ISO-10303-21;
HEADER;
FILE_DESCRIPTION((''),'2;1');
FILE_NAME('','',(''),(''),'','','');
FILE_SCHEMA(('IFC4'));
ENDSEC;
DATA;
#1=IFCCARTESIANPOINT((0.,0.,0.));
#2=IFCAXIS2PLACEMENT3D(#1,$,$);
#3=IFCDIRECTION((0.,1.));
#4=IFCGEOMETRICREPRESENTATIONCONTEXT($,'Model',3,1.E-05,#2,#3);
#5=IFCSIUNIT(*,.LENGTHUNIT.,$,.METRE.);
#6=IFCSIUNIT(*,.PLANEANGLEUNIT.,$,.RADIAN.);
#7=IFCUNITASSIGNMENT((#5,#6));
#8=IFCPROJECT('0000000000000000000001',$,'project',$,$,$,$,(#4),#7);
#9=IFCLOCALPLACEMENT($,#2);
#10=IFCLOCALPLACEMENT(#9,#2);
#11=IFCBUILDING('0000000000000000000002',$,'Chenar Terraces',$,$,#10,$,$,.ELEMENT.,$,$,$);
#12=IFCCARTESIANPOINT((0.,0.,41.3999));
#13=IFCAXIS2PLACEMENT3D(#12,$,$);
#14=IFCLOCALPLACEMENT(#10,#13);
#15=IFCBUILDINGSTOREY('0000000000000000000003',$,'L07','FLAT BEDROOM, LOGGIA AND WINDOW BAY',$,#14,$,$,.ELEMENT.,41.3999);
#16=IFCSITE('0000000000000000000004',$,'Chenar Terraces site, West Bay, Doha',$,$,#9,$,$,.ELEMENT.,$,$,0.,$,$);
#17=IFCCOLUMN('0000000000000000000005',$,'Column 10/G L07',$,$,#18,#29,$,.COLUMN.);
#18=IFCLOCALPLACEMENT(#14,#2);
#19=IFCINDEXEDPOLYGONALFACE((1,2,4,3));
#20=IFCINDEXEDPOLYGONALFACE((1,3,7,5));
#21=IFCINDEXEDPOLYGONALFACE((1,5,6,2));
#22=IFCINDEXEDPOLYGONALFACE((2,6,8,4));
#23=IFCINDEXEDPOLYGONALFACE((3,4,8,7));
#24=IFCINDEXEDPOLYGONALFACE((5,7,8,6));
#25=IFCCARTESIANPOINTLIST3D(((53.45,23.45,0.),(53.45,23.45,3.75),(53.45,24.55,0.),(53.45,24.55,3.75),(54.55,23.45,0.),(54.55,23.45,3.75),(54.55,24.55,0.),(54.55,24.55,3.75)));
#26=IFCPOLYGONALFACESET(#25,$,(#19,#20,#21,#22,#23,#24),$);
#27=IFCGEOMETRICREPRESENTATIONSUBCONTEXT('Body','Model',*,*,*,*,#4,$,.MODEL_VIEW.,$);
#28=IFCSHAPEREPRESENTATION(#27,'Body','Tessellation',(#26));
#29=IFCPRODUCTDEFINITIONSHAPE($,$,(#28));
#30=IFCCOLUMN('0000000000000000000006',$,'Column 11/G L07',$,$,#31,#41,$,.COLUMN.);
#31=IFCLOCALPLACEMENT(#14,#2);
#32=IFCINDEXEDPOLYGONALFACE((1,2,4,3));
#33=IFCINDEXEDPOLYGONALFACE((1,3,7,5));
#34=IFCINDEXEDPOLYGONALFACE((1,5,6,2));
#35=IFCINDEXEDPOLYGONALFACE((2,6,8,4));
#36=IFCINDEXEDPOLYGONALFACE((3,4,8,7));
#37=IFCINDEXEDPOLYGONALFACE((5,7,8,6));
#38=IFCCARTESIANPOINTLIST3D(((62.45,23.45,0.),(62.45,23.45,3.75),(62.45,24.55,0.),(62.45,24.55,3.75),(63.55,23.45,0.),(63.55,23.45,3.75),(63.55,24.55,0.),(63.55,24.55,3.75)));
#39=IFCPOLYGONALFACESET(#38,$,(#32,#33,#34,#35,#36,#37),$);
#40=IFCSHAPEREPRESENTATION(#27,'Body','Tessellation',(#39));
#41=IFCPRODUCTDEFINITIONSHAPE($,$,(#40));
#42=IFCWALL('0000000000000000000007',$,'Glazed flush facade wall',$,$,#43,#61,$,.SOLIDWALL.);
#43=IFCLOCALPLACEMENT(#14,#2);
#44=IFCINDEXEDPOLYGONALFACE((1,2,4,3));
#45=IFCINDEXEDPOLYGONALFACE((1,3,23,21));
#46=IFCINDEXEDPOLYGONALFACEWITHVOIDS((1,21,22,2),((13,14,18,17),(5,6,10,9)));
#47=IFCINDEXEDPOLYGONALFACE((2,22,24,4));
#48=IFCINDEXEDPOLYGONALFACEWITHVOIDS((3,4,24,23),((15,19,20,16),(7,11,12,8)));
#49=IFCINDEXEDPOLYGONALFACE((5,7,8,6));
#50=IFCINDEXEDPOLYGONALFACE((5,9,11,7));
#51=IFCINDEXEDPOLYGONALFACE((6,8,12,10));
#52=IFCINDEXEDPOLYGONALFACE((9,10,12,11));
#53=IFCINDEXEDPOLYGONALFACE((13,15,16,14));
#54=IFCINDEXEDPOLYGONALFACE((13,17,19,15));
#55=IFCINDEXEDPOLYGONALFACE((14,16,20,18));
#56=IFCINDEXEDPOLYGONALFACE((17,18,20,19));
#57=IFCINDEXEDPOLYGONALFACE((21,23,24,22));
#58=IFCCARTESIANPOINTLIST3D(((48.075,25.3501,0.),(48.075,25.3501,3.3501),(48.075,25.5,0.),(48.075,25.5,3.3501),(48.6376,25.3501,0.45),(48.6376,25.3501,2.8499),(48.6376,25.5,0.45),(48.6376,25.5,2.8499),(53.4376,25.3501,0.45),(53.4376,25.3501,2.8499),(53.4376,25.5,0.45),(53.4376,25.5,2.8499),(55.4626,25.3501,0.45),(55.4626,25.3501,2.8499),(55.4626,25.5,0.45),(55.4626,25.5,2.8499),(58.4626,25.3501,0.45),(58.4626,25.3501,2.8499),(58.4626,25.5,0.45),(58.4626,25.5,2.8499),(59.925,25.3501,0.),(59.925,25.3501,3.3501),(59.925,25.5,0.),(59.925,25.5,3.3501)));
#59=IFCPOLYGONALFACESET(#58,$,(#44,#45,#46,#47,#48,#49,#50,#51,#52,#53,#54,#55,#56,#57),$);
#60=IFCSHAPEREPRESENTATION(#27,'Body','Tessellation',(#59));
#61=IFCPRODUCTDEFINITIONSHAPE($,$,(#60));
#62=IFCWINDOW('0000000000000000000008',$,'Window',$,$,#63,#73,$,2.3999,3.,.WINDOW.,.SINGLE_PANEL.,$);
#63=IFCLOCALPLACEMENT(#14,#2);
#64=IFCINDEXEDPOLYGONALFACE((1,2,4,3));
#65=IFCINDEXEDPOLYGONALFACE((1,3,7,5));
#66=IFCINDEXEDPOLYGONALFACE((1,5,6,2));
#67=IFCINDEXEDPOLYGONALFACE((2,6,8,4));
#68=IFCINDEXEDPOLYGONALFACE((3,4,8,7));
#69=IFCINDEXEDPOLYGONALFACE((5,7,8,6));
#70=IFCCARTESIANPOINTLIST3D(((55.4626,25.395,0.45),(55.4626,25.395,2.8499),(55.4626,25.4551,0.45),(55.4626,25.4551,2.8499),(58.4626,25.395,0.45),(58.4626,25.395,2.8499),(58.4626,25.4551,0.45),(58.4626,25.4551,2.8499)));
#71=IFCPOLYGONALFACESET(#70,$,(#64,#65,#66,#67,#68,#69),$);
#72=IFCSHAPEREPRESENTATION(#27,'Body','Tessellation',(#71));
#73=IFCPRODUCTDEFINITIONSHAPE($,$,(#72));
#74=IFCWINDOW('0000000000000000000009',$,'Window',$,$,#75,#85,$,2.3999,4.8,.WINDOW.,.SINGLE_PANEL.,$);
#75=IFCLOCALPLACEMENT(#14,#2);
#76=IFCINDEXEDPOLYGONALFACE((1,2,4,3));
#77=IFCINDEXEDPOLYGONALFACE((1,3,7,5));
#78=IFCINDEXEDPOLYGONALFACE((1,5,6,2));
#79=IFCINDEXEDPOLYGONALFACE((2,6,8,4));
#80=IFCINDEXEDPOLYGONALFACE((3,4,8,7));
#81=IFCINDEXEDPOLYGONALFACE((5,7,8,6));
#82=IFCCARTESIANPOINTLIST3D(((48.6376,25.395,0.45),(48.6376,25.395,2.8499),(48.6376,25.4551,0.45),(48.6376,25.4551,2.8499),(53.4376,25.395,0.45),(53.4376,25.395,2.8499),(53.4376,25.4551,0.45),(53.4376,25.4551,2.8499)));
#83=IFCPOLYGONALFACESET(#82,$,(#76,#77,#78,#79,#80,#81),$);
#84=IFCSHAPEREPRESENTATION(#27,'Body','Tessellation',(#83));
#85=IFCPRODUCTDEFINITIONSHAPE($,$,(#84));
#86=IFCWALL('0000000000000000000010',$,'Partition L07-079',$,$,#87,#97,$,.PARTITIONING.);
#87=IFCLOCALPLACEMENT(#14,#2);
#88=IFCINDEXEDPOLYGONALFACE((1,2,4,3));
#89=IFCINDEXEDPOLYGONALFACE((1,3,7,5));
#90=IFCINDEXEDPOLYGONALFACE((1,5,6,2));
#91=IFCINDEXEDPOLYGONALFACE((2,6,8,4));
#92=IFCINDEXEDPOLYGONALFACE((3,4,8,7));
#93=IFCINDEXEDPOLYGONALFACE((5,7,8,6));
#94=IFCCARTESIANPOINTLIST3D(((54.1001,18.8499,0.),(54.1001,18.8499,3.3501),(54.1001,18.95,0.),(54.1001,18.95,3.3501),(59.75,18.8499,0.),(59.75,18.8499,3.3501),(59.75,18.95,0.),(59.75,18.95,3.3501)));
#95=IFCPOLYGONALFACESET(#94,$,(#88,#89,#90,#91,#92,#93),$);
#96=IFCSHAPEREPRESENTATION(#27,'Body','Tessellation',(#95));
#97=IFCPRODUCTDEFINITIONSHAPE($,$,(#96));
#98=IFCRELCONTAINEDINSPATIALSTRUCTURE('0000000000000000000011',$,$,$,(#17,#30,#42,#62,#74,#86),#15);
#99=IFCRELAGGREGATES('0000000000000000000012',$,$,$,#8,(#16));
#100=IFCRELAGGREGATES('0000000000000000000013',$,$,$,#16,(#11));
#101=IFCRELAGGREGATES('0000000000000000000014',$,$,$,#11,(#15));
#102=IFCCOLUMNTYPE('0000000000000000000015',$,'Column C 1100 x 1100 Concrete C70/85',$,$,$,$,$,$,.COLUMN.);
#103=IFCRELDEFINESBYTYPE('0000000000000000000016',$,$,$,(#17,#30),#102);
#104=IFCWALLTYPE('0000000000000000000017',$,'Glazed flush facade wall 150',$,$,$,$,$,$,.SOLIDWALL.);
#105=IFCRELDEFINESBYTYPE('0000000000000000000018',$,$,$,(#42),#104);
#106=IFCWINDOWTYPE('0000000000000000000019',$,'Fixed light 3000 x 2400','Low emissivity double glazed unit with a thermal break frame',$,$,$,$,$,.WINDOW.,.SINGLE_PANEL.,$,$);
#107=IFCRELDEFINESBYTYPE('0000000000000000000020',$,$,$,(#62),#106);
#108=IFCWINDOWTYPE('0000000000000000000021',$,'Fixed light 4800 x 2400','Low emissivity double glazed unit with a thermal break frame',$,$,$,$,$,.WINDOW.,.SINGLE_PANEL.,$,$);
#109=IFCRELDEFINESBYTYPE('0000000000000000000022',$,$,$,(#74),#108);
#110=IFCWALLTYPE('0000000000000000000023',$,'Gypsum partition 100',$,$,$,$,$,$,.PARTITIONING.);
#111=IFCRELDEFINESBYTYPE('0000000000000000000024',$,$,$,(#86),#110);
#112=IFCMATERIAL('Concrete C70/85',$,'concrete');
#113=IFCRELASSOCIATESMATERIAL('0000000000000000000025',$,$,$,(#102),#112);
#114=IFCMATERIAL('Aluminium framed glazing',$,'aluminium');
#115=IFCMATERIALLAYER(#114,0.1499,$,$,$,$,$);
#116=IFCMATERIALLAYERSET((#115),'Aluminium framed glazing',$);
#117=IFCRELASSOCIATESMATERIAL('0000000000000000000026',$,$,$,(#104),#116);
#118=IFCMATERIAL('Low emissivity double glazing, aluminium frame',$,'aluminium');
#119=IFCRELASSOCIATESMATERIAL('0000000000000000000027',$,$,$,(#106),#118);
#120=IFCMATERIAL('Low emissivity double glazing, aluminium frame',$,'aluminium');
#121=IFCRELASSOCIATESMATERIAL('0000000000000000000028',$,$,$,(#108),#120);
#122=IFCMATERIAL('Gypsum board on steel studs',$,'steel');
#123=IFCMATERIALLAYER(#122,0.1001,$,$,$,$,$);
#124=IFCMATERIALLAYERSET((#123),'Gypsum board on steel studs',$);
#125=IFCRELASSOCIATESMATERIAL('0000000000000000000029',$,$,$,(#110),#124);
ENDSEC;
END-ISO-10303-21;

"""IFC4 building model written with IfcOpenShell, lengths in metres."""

from ifc_helpers import new_model, si_unit, direction, frame, frame_2d, origin, origin_2d, place, context, subcontext, project, spatial, rectangle, extrude, material, layer, layer_set, material_profile, profile_set, type_object, element, fill, save


model = new_model("IFC4")

# Units and contexts
model_context = context("Model", 3, precision=1e-05, world=origin(), true_north=direction((0.0, 1.0)))
body_context = subcontext(model_context, "Body", "Model", "MODEL_VIEW")
ifc_project = project(units=[si_unit("LENGTHUNIT", "METRE"), si_unit("PLANEANGLEUNIT", "RADIAN")], contexts=[model_context])

# Site, building, storey
site_placement = place(None, origin())
site = spatial("IfcSite", under=ifc_project, at=site_placement, Name="Chenar Terraces site, West Bay, Doha", CompositionType="ELEMENT", RefElevation=0.0)
building_placement = place(site_placement, origin())
building = spatial("IfcBuilding", under=site, at=building_placement, Name="Chenar Terraces", CompositionType="ELEMENT")
storey_placement = place(building_placement, frame((0.0, 0.0, 41.3999)))
storey = spatial("IfcBuildingStorey", under=building, at=storey_placement, Name="L07", Description="FLAT BEDROOM, LOGGIA AND WINDOW BAY", CompositionType="ELEMENT", Elevation=41.3999)

# Columns
ifc_material_1 = material(Name="Concrete C70/85", Category="concrete")
ifc_material_profile_1 = material_profile(ifc_material_1, rectangle(XDim=1.1001, YDim=1.1001, at=origin_2d()), Name="C 1100 x 1100")
ifc_profile_set_1 = profile_set([ifc_material_profile_1], Name="Concrete C70/85")
column_type = type_object("IfcColumnType", Name="Column C 1100 x 1100 Concrete C70/85", PredefinedType="COLUMN", material=ifc_profile_set_1)
for number, where, z_axis, x_axis, name in (
    (1, (54.0, 24.0, 0.0), (0.0, 0.0, 1.0), (1.0, 0.0, 0.0), "Column 10/G L07"),
    (2, (63.0, 24.0, 0.0), (0.0, 0.0, 1.0), (1.0, 0.0, 0.0), "Column 11/G L07"),
):
    element("IfcColumn", number, at=place(storey_placement, frame(where, z_axis=z_axis, x_axis=x_axis)), inside=storey, type_object=column_type, Name=name, PredefinedType="COLUMN", context=body_context, shape_type="SweptSolid", body=[
        extrude(rectangle(XDim=1.1001, YDim=1.1001, at=origin_2d()), origin(), (0.0, 0.0, 1.0), 3.75),
    ])

# Wall, openings, windows
ifc_material_2 = material(Name="Aluminium framed glazing", Category="aluminium")
ifc_layer_1 = layer(ifc_material_2, 0.1499)
ifc_layer_set_1 = layer_set([ifc_layer_1], Name="Aluminium framed glazing")
wall_type_1 = type_object("IfcWallType", Name="Glazed flush facade wall 150", PredefinedType="SOLIDWALL", material=ifc_layer_set_1)
wall_1_placement = place(storey_placement, frame((59.925, 25.425, 0.0), z_axis=(0.0, 0.0, 1.0), x_axis=(-1.0, 0.0, 0.0)))
wall_1 = element("IfcWall", 3, at=wall_1_placement, inside=storey, type_object=wall_type_1, Name="Glazed flush facade wall", PredefinedType="SOLIDWALL", context=body_context, shape_type="SweptSolid", body=[
    extrude(rectangle(XDim=11.8501, YDim=0.1499, at=frame_2d((5.925, 0.0))), origin(), (0.0, 0.0, 1.0), 3.3501),
])
opening_1_placement = place(wall_1_placement, frame((1.4624, 0.0, 0.45)))
opening_1 = element("IfcOpeningElement", 4, at=opening_1_placement, cuts=wall_1, PredefinedType="OPENING", context=body_context, shape_type="SweptSolid", body=[
    extrude(rectangle(XDim=3.0, YDim=2.3999, at=frame_2d((1.5, 1.2))), frame((0.0, 0.085, 0.0), z_axis=(0.0, -1.0, 0.0), x_axis=(1.0, 0.0, 0.0)), (0.0, 0.0, 1.0), 0.1699),
])
opening_2_placement = place(wall_1_placement, frame((6.4875, 0.0, 0.45)))
opening_2 = element("IfcOpeningElement", 5, at=opening_2_placement, cuts=wall_1, PredefinedType="OPENING", context=body_context, shape_type="SweptSolid", body=[
    extrude(rectangle(XDim=4.8, YDim=2.3999, at=frame_2d((2.3999, 1.2))), frame((0.0, 0.085, 0.0), z_axis=(0.0, -1.0, 0.0), x_axis=(1.0, 0.0, 0.0)), (0.0, 0.0, 1.0), 0.1699),
])
ifc_material_3 = material(Name="Low emissivity double glazing, aluminium frame", Category="aluminium")
window_type_1 = type_object("IfcWindowType", Name="Fixed light 3000 x 2400", Description="Low emissivity double glazed unit with a thermal break frame", PartitioningType="SINGLE_PANEL", PredefinedType="WINDOW", material=ifc_material_3)
window_1_placement = place(opening_1_placement, origin())
window_1 = element("IfcWindow", 6, at=window_1_placement, inside=storey, type_object=window_type_1, Name="Window", OverallHeight=2.3999, OverallWidth=3.0, PartitioningType="SINGLE_PANEL", PredefinedType="WINDOW", context=body_context, shape_type="SweptSolid", body=[
    extrude(rectangle(XDim=3.0, YDim=2.3999, at=frame_2d((1.5, 1.2))), frame((0.0, 0.03, 0.0), z_axis=(0.0, -1.0, 0.0), x_axis=(1.0, 0.0, 0.0)), (0.0, 0.0, 1.0), 0.0601),
])
fill(opening_1, window_1)
ifc_material_4 = material(Name="Low emissivity double glazing, aluminium frame", Category="aluminium")
window_type_2 = type_object("IfcWindowType", Name="Fixed light 4800 x 2400", Description="Low emissivity double glazed unit with a thermal break frame", PartitioningType="SINGLE_PANEL", PredefinedType="WINDOW", material=ifc_material_4)
window_2_placement = place(opening_2_placement, origin())
window_2 = element("IfcWindow", 7, at=window_2_placement, inside=storey, type_object=window_type_2, Name="Window", OverallHeight=2.3999, OverallWidth=4.8, PartitioningType="SINGLE_PANEL", PredefinedType="WINDOW", context=body_context, shape_type="SweptSolid", body=[
    extrude(rectangle(XDim=4.8, YDim=2.3999, at=frame_2d((2.3999, 1.2))), frame((0.0, 0.03, 0.0), z_axis=(0.0, -1.0, 0.0), x_axis=(1.0, 0.0, 0.0)), (0.0, 0.0, 1.0), 0.0601),
])
fill(opening_2, window_2)

# Wall
ifc_material_5 = material(Name="Gypsum board on steel studs", Category="steel")
ifc_layer_2 = layer(ifc_material_5, 0.1001)
ifc_layer_set_2 = layer_set([ifc_layer_2], Name="Gypsum board on steel studs")
wall_type_2 = type_object("IfcWallType", Name="Gypsum partition 100", PredefinedType="PARTITIONING", material=ifc_layer_set_2)
wall_2_placement = place(storey_placement, frame((54.1001, 18.8999, 0.0), z_axis=(0.0, 0.0, 1.0), x_axis=(1.0, 0.0, 0.0)))
element("IfcWall", 8, at=wall_2_placement, inside=storey, type_object=wall_type_2, Name="Partition L07-079", PredefinedType="PARTITIONING", context=body_context, shape_type="SweptSolid", body=[
    extrude(rectangle(XDim=5.6499, YDim=0.1001, at=frame_2d((2.825, 0.0))), origin(), (0.0, 0.0, 1.0), 3.3501),
])

save(model, "model.ifc")
